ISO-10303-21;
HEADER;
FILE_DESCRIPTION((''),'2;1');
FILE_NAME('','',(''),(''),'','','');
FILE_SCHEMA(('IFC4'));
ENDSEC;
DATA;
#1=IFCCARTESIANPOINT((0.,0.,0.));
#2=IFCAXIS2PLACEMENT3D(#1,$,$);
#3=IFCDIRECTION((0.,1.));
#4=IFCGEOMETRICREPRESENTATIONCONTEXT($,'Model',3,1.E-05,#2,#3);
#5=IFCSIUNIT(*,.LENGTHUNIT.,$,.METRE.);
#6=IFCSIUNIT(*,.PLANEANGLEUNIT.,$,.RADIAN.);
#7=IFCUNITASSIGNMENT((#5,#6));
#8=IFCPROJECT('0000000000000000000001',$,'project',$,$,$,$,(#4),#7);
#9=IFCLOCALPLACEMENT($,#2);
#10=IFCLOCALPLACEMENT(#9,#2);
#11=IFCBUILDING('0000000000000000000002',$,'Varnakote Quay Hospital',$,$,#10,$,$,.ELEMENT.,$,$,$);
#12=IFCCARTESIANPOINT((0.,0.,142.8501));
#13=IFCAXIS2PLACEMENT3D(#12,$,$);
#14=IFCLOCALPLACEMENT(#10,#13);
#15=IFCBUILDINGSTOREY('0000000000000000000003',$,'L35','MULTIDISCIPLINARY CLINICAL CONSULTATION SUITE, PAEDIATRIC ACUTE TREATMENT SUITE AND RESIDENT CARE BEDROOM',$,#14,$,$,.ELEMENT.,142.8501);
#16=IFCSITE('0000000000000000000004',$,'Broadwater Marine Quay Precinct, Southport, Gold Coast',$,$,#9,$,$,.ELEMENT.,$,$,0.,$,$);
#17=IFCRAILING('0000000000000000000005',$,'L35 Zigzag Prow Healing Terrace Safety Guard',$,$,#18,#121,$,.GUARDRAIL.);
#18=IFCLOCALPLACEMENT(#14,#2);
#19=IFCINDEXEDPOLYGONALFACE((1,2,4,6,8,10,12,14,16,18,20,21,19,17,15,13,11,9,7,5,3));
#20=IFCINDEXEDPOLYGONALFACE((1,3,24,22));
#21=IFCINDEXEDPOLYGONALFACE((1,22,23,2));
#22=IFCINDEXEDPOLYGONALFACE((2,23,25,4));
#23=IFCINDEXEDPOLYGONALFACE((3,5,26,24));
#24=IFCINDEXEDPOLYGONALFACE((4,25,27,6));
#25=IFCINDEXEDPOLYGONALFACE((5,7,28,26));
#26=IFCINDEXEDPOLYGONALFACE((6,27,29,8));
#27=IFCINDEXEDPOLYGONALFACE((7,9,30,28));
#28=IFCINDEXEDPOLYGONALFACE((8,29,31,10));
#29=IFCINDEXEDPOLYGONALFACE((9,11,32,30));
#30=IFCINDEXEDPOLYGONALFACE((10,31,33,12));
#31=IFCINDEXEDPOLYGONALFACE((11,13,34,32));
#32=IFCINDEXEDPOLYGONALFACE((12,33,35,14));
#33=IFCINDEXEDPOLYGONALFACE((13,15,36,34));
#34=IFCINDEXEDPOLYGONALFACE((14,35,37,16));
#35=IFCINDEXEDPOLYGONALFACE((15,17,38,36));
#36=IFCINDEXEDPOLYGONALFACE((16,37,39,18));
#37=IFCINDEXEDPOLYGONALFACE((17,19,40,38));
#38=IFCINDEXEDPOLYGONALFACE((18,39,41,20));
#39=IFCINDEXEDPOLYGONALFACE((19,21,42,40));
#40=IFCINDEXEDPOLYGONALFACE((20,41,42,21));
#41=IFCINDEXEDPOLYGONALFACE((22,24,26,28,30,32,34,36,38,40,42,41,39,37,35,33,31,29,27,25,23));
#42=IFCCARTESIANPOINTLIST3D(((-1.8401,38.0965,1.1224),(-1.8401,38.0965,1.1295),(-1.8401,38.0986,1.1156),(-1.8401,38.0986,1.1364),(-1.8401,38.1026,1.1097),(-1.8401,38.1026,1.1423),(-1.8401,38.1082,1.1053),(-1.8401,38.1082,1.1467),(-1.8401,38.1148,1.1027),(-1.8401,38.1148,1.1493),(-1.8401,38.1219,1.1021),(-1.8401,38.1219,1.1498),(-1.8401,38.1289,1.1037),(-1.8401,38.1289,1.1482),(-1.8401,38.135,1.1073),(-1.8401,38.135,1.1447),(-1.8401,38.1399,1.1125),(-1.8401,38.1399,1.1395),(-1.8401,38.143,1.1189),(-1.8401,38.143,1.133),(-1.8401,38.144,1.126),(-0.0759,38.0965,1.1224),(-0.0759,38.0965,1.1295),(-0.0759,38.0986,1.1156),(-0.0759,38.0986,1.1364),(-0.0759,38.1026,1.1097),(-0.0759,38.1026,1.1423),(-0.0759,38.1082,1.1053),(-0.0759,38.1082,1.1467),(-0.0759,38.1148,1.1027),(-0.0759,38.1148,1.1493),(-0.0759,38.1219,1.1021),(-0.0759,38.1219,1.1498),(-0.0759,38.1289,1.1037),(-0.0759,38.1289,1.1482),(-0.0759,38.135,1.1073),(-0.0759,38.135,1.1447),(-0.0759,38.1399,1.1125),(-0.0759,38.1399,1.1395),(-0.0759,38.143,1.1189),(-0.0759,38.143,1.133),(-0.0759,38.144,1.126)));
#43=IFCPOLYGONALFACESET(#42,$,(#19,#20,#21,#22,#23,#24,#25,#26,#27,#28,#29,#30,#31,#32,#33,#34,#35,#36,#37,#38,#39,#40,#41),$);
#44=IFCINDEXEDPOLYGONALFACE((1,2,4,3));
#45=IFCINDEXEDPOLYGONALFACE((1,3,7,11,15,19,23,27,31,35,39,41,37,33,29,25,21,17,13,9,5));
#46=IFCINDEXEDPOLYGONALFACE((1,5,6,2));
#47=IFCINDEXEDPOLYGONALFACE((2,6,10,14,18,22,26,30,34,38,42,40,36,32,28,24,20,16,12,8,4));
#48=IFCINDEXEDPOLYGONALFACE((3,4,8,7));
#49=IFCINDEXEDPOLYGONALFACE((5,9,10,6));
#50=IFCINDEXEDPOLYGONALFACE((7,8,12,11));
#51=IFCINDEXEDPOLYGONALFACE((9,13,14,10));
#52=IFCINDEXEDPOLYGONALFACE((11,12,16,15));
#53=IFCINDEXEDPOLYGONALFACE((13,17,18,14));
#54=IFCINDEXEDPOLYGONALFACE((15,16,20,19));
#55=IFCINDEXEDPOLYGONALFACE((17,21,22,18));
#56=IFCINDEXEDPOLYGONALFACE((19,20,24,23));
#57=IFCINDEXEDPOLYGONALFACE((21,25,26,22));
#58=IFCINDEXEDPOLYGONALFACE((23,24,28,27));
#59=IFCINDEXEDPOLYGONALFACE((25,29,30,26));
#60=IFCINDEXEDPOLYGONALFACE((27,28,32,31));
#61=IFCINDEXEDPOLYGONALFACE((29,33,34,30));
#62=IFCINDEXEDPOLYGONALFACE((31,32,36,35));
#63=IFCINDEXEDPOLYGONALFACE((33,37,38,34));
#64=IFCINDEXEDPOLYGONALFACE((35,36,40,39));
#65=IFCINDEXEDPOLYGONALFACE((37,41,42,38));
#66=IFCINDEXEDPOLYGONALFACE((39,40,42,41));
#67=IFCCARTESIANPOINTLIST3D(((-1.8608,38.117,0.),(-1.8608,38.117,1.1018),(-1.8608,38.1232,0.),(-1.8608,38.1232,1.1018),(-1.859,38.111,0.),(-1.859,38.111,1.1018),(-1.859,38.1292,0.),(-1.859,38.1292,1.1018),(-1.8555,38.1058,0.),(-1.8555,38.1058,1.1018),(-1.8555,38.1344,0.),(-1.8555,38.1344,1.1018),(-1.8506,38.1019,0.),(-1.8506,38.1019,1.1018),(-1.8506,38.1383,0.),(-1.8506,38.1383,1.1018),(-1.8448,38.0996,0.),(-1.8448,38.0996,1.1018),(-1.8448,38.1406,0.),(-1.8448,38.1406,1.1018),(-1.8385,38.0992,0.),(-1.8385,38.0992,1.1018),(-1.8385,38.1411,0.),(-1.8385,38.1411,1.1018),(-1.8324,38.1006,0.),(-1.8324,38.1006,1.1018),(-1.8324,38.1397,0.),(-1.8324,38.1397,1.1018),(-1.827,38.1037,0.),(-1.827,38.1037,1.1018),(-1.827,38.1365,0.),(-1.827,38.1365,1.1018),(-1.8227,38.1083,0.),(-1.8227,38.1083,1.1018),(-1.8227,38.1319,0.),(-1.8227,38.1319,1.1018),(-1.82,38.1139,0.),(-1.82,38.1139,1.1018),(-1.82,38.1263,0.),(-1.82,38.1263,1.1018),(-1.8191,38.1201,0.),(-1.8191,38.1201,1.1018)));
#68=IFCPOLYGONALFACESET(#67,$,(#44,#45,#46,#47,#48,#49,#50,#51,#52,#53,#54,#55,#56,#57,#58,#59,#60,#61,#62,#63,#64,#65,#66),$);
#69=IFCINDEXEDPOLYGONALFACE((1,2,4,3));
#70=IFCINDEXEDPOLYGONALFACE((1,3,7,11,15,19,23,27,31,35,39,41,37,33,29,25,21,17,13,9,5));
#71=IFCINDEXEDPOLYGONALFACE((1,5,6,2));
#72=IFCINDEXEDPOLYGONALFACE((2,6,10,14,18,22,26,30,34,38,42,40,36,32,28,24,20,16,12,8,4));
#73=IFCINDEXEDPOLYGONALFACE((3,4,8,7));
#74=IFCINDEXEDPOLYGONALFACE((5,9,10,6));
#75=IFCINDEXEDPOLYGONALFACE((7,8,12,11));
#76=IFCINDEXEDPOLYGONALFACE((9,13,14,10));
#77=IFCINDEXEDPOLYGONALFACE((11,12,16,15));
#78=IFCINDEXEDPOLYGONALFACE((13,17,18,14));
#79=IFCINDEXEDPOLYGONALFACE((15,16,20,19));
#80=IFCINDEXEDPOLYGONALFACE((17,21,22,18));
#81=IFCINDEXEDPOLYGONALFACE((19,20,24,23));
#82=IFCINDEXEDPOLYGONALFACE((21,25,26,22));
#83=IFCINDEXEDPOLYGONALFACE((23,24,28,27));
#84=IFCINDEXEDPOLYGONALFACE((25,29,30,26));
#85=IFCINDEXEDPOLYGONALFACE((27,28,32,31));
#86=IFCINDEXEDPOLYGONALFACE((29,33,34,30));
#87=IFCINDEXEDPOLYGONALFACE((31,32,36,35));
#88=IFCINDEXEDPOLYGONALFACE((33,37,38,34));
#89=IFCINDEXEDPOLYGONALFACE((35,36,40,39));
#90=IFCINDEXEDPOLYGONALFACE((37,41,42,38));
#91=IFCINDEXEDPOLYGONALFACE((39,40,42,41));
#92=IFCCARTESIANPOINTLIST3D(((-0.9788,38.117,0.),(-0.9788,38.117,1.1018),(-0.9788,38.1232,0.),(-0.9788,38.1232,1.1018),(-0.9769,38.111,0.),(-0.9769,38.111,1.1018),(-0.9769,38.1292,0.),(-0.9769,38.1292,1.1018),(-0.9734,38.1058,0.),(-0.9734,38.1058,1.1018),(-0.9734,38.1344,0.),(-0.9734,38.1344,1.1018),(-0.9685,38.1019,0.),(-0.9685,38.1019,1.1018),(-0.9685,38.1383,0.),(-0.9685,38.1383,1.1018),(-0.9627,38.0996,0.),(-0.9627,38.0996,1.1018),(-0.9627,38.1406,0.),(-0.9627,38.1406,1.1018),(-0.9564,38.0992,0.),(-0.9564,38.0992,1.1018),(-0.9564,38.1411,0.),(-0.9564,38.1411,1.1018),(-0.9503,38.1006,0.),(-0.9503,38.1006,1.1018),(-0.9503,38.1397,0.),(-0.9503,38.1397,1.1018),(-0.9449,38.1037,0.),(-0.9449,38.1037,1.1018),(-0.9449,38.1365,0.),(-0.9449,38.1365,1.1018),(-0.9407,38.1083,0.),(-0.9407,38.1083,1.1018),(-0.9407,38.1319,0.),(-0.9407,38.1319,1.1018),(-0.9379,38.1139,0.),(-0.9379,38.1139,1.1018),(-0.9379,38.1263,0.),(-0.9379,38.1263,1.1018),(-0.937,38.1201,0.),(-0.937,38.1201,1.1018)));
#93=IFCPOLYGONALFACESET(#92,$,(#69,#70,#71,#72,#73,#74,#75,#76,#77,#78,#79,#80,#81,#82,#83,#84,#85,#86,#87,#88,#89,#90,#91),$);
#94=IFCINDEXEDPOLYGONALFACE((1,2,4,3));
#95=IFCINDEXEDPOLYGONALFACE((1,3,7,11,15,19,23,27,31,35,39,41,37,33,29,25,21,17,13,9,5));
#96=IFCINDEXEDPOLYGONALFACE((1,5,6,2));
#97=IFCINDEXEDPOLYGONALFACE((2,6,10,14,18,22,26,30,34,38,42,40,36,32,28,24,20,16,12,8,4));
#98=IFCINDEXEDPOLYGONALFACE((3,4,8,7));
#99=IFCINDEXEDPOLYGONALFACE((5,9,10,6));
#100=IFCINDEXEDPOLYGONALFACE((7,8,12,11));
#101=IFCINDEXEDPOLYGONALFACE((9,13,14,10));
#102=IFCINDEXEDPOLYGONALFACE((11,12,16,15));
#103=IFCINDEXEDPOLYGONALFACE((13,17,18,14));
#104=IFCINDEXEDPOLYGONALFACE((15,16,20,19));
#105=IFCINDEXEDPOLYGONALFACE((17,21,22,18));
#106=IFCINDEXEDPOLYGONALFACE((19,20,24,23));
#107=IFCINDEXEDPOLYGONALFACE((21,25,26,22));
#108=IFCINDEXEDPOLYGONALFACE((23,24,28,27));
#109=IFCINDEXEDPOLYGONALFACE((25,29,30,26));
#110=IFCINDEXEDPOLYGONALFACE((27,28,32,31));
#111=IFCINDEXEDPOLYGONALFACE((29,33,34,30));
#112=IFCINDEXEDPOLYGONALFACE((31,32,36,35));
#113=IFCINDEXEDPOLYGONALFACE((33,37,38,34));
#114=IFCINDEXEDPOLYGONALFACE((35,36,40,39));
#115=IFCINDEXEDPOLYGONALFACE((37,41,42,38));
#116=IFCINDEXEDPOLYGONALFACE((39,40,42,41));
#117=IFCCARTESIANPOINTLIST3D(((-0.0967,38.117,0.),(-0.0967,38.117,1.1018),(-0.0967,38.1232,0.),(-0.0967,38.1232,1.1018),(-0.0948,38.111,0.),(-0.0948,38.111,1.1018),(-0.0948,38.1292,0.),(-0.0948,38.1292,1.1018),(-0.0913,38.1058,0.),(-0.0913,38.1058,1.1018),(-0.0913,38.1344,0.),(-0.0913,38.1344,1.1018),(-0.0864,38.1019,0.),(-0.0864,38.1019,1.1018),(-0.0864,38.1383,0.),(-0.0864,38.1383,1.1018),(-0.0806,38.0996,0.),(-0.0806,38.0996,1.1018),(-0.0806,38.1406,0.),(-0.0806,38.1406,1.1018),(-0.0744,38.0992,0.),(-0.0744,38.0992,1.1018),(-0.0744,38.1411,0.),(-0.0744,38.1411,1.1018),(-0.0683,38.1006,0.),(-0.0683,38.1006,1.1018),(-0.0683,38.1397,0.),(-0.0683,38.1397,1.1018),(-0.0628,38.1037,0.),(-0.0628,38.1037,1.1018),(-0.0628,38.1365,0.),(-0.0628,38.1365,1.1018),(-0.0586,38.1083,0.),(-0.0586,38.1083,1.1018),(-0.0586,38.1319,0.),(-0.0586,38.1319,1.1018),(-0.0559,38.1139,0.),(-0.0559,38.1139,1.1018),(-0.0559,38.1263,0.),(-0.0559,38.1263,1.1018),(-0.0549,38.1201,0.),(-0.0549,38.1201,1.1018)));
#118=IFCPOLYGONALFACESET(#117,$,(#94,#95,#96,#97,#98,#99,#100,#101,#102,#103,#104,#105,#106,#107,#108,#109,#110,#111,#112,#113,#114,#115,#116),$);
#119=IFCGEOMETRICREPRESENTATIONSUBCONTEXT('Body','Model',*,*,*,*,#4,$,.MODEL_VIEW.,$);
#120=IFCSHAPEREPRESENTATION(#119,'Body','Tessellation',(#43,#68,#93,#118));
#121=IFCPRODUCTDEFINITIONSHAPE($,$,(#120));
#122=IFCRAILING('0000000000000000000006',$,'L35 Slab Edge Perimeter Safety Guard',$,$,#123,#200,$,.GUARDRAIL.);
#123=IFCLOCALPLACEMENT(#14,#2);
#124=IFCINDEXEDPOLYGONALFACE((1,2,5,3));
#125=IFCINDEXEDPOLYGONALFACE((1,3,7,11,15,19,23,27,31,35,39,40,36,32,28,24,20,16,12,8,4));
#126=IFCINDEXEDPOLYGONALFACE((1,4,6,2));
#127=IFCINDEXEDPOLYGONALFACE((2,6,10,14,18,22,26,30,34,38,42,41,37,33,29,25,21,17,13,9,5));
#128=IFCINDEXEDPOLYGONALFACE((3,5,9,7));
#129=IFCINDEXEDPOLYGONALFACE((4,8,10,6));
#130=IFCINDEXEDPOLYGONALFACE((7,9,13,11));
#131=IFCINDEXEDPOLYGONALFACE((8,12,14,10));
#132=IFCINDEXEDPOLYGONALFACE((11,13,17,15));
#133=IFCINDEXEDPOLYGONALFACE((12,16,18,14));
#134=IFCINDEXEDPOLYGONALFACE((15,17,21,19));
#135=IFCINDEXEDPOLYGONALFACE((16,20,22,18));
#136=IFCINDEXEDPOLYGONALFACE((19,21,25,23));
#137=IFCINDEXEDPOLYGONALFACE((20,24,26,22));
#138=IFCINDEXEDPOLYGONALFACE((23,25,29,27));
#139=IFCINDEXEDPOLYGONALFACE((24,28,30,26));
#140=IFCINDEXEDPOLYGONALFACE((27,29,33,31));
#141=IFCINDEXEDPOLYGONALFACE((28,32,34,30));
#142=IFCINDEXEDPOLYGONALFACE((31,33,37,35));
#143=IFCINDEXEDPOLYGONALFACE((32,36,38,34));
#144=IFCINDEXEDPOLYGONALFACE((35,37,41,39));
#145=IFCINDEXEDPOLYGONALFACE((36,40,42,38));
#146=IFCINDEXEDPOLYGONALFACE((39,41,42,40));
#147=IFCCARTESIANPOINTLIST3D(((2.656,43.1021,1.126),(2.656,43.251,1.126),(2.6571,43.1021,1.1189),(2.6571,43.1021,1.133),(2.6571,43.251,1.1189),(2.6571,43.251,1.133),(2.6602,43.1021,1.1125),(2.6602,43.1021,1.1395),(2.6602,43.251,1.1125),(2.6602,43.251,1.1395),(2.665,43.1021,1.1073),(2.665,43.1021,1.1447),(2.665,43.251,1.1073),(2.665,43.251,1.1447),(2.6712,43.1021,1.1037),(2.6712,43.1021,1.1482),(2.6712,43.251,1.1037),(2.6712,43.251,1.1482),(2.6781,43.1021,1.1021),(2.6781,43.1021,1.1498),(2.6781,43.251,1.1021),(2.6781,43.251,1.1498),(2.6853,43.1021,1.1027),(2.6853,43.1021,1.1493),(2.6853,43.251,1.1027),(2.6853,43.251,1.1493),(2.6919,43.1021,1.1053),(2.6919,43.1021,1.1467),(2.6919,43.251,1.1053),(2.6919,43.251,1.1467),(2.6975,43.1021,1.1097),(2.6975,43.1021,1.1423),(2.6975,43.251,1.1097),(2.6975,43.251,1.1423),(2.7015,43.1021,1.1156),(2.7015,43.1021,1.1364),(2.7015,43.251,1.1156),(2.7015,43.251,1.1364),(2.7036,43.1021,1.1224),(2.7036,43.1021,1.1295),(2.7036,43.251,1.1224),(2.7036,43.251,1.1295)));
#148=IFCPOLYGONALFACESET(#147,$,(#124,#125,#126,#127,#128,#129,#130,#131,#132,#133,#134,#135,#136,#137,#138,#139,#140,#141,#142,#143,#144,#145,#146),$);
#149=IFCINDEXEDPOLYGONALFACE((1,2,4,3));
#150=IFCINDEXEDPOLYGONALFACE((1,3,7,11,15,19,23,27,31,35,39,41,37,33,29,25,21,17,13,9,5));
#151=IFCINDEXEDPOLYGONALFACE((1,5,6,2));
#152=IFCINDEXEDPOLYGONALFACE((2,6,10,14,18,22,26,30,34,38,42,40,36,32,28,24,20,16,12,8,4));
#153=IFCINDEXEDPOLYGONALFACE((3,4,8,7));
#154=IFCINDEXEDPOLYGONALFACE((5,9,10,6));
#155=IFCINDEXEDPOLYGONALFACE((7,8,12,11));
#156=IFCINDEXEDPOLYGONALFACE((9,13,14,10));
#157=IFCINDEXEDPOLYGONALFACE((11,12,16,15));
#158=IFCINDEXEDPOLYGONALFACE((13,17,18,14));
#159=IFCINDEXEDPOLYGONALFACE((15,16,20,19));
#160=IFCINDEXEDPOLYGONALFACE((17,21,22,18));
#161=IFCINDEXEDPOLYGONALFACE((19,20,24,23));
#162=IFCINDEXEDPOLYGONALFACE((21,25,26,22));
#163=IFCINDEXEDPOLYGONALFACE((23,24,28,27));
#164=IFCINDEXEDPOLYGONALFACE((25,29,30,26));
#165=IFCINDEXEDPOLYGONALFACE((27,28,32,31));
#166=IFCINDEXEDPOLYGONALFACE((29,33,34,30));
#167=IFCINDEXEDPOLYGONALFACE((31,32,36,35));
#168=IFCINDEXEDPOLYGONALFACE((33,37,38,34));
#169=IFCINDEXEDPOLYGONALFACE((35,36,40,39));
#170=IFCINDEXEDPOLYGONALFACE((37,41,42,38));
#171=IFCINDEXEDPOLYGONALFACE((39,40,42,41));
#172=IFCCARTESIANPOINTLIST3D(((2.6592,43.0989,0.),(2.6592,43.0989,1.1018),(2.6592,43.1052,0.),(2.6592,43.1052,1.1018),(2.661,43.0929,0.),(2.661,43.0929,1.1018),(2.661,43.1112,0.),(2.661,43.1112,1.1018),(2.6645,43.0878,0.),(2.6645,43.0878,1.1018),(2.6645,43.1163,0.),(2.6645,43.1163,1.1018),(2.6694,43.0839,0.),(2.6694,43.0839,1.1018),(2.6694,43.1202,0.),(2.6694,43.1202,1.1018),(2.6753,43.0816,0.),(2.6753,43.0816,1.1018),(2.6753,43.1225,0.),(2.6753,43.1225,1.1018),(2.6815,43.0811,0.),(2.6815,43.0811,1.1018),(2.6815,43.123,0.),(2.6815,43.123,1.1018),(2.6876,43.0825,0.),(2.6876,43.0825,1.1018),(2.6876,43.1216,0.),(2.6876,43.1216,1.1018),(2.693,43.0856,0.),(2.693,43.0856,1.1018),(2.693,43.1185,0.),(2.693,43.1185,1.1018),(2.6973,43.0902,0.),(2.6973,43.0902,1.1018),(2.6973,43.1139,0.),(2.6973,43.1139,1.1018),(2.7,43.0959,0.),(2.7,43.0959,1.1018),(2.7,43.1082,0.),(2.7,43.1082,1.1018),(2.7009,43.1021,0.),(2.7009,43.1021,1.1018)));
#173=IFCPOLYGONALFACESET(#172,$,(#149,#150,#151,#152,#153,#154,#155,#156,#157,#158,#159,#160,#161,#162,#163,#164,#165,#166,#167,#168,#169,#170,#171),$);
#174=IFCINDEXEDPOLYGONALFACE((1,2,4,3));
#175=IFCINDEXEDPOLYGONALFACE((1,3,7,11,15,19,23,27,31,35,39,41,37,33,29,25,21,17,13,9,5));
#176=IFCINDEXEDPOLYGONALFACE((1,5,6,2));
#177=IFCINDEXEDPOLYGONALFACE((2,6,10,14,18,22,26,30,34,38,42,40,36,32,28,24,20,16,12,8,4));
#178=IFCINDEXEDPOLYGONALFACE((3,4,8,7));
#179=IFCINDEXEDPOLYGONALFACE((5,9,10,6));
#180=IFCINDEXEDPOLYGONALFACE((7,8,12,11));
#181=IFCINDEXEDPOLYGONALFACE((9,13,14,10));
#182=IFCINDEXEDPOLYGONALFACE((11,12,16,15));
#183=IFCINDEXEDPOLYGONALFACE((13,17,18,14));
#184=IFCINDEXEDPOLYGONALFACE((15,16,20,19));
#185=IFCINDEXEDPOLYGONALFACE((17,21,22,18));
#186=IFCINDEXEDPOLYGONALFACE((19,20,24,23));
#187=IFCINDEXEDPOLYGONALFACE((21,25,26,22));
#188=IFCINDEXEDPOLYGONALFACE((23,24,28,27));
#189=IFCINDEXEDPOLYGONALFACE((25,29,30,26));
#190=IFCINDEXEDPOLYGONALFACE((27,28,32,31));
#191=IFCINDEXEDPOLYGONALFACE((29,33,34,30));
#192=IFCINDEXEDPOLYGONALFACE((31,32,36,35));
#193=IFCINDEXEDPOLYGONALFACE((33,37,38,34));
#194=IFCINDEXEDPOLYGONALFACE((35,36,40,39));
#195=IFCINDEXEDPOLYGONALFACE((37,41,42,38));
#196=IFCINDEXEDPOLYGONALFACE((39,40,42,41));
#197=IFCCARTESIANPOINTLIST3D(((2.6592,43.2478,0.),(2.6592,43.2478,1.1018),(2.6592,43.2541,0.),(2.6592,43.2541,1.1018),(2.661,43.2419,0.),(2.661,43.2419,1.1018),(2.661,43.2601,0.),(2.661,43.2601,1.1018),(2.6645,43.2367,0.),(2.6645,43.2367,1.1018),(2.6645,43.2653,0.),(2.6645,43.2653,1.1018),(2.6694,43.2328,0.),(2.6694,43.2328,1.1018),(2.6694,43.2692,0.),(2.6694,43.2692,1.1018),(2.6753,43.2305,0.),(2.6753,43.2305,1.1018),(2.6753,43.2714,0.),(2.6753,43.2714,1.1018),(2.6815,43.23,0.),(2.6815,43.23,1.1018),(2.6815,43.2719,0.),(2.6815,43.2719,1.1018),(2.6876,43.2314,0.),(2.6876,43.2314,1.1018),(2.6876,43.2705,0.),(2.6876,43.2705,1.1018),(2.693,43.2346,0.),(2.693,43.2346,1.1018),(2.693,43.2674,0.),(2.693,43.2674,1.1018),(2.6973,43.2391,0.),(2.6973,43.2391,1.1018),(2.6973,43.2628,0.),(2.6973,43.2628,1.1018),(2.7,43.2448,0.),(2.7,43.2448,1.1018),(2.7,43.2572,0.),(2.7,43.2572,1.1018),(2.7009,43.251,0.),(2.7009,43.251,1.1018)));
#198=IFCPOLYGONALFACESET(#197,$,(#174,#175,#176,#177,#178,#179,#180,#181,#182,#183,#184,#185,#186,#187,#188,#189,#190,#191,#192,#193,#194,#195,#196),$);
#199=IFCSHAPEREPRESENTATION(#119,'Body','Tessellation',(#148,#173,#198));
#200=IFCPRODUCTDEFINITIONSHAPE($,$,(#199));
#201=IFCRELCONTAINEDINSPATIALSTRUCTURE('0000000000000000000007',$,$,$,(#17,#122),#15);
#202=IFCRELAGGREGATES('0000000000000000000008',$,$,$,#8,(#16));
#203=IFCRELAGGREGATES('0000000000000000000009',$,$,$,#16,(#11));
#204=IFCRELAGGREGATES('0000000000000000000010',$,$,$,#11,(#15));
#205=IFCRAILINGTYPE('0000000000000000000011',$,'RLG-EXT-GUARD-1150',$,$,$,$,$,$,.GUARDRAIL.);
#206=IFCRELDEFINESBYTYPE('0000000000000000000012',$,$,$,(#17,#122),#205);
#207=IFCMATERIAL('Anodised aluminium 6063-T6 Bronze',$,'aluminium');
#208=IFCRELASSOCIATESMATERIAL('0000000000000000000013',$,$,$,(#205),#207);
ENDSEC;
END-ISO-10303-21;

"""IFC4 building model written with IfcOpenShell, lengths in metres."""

from ifc_helpers import new_model, si_unit, direction, frame, origin, origin_2d, place, context, subcontext, project, spatial, circle, extrude, material, type_object, element, save


model = new_model("IFC4")

# Units and contexts
model_context = context("Model", 3, precision=1e-05, world=origin(), true_north=direction((0.0, 1.0)))
body_context = subcontext(model_context, "Body", "Model", "MODEL_VIEW")
ifc_project = project(units=[si_unit("LENGTHUNIT", "METRE"), si_unit("PLANEANGLEUNIT", "RADIAN")], contexts=[model_context])

# Site, building, storey
site_placement = place(None, origin())
site = spatial("IfcSite", under=ifc_project, at=site_placement, Name="Broadwater Marine Quay Precinct, Southport, Gold Coast", CompositionType="ELEMENT", RefElevation=0.0)
building_placement = place(site_placement, origin())
building = spatial("IfcBuilding", under=site, at=building_placement, Name="Varnakote Quay Hospital", CompositionType="ELEMENT")
storey_placement = place(building_placement, frame((0.0, 0.0, 142.8501)))
storey = spatial("IfcBuildingStorey", under=building, at=storey_placement, Name="L35", Description="MULTIDISCIPLINARY CLINICAL CONSULTATION SUITE, PAEDIATRIC ACUTE TREATMENT SUITE AND RESIDENT CARE BEDROOM", CompositionType="ELEMENT", Elevation=142.8501)

# Railings
ifc_material_1 = material(Name="Anodised aluminium 6063-T6 Bronze", Category="aluminium")
railing_type = type_object("IfcRailingType", Name="RLG-EXT-GUARD-1150", PredefinedType="GUARDRAIL", material=ifc_material_1)
railing_1_placement = place(storey_placement, frame((-1.8401, 38.1201, 0.0)))
element("IfcRailing", 1, at=railing_1_placement, inside=storey, type_object=railing_type, Name="L35 Zigzag Prow Healing Terrace Safety Guard", PredefinedType="GUARDRAIL", context=body_context, shape_type="SweptSolid", body=[
    extrude(circle(Radius=0.0239, at=origin_2d()), frame((0.0, 0.0, 1.126), z_axis=(1.0, 0.0, 0.0), x_axis=(0.0, 1.0, 0.0)), (0.0, 0.0, 1.0), 1.7642),
    extrude(circle(Radius=0.021, at=origin_2d()), origin(), (0.0, 0.0, 1.0), 1.1018),
    extrude(circle(Radius=0.021, at=origin_2d()), frame((0.8821, 0.0, 0.0)), (0.0, 0.0, 1.0), 1.1018),
    extrude(circle(Radius=0.021, at=origin_2d()), frame((1.7642, 0.0, 0.0)), (0.0, 0.0, 1.0), 1.1018),
])
railing_2_placement = place(storey_placement, frame((2.6799, 43.1021, 0.0)))
element("IfcRailing", 2, at=railing_2_placement, inside=storey, type_object=railing_type, Name="L35 Slab Edge Perimeter Safety Guard", PredefinedType="GUARDRAIL", context=body_context, shape_type="SweptSolid", body=[
    extrude(circle(Radius=0.0239, at=origin_2d()), frame((0.0, 0.0, 1.126), z_axis=(0.0, 1.0, 0.0), x_axis=(-1.0, 0.0, 0.0)), (0.0, 0.0, 1.0), 0.1489),
    extrude(circle(Radius=0.021, at=origin_2d()), origin(), (0.0, 0.0, 1.0), 1.1018),
    extrude(circle(Radius=0.021, at=origin_2d()), frame((0.0, 0.1489, 0.0)), (0.0, 0.0, 1.0), 1.1018),
])

save(model, "model.ifc")
